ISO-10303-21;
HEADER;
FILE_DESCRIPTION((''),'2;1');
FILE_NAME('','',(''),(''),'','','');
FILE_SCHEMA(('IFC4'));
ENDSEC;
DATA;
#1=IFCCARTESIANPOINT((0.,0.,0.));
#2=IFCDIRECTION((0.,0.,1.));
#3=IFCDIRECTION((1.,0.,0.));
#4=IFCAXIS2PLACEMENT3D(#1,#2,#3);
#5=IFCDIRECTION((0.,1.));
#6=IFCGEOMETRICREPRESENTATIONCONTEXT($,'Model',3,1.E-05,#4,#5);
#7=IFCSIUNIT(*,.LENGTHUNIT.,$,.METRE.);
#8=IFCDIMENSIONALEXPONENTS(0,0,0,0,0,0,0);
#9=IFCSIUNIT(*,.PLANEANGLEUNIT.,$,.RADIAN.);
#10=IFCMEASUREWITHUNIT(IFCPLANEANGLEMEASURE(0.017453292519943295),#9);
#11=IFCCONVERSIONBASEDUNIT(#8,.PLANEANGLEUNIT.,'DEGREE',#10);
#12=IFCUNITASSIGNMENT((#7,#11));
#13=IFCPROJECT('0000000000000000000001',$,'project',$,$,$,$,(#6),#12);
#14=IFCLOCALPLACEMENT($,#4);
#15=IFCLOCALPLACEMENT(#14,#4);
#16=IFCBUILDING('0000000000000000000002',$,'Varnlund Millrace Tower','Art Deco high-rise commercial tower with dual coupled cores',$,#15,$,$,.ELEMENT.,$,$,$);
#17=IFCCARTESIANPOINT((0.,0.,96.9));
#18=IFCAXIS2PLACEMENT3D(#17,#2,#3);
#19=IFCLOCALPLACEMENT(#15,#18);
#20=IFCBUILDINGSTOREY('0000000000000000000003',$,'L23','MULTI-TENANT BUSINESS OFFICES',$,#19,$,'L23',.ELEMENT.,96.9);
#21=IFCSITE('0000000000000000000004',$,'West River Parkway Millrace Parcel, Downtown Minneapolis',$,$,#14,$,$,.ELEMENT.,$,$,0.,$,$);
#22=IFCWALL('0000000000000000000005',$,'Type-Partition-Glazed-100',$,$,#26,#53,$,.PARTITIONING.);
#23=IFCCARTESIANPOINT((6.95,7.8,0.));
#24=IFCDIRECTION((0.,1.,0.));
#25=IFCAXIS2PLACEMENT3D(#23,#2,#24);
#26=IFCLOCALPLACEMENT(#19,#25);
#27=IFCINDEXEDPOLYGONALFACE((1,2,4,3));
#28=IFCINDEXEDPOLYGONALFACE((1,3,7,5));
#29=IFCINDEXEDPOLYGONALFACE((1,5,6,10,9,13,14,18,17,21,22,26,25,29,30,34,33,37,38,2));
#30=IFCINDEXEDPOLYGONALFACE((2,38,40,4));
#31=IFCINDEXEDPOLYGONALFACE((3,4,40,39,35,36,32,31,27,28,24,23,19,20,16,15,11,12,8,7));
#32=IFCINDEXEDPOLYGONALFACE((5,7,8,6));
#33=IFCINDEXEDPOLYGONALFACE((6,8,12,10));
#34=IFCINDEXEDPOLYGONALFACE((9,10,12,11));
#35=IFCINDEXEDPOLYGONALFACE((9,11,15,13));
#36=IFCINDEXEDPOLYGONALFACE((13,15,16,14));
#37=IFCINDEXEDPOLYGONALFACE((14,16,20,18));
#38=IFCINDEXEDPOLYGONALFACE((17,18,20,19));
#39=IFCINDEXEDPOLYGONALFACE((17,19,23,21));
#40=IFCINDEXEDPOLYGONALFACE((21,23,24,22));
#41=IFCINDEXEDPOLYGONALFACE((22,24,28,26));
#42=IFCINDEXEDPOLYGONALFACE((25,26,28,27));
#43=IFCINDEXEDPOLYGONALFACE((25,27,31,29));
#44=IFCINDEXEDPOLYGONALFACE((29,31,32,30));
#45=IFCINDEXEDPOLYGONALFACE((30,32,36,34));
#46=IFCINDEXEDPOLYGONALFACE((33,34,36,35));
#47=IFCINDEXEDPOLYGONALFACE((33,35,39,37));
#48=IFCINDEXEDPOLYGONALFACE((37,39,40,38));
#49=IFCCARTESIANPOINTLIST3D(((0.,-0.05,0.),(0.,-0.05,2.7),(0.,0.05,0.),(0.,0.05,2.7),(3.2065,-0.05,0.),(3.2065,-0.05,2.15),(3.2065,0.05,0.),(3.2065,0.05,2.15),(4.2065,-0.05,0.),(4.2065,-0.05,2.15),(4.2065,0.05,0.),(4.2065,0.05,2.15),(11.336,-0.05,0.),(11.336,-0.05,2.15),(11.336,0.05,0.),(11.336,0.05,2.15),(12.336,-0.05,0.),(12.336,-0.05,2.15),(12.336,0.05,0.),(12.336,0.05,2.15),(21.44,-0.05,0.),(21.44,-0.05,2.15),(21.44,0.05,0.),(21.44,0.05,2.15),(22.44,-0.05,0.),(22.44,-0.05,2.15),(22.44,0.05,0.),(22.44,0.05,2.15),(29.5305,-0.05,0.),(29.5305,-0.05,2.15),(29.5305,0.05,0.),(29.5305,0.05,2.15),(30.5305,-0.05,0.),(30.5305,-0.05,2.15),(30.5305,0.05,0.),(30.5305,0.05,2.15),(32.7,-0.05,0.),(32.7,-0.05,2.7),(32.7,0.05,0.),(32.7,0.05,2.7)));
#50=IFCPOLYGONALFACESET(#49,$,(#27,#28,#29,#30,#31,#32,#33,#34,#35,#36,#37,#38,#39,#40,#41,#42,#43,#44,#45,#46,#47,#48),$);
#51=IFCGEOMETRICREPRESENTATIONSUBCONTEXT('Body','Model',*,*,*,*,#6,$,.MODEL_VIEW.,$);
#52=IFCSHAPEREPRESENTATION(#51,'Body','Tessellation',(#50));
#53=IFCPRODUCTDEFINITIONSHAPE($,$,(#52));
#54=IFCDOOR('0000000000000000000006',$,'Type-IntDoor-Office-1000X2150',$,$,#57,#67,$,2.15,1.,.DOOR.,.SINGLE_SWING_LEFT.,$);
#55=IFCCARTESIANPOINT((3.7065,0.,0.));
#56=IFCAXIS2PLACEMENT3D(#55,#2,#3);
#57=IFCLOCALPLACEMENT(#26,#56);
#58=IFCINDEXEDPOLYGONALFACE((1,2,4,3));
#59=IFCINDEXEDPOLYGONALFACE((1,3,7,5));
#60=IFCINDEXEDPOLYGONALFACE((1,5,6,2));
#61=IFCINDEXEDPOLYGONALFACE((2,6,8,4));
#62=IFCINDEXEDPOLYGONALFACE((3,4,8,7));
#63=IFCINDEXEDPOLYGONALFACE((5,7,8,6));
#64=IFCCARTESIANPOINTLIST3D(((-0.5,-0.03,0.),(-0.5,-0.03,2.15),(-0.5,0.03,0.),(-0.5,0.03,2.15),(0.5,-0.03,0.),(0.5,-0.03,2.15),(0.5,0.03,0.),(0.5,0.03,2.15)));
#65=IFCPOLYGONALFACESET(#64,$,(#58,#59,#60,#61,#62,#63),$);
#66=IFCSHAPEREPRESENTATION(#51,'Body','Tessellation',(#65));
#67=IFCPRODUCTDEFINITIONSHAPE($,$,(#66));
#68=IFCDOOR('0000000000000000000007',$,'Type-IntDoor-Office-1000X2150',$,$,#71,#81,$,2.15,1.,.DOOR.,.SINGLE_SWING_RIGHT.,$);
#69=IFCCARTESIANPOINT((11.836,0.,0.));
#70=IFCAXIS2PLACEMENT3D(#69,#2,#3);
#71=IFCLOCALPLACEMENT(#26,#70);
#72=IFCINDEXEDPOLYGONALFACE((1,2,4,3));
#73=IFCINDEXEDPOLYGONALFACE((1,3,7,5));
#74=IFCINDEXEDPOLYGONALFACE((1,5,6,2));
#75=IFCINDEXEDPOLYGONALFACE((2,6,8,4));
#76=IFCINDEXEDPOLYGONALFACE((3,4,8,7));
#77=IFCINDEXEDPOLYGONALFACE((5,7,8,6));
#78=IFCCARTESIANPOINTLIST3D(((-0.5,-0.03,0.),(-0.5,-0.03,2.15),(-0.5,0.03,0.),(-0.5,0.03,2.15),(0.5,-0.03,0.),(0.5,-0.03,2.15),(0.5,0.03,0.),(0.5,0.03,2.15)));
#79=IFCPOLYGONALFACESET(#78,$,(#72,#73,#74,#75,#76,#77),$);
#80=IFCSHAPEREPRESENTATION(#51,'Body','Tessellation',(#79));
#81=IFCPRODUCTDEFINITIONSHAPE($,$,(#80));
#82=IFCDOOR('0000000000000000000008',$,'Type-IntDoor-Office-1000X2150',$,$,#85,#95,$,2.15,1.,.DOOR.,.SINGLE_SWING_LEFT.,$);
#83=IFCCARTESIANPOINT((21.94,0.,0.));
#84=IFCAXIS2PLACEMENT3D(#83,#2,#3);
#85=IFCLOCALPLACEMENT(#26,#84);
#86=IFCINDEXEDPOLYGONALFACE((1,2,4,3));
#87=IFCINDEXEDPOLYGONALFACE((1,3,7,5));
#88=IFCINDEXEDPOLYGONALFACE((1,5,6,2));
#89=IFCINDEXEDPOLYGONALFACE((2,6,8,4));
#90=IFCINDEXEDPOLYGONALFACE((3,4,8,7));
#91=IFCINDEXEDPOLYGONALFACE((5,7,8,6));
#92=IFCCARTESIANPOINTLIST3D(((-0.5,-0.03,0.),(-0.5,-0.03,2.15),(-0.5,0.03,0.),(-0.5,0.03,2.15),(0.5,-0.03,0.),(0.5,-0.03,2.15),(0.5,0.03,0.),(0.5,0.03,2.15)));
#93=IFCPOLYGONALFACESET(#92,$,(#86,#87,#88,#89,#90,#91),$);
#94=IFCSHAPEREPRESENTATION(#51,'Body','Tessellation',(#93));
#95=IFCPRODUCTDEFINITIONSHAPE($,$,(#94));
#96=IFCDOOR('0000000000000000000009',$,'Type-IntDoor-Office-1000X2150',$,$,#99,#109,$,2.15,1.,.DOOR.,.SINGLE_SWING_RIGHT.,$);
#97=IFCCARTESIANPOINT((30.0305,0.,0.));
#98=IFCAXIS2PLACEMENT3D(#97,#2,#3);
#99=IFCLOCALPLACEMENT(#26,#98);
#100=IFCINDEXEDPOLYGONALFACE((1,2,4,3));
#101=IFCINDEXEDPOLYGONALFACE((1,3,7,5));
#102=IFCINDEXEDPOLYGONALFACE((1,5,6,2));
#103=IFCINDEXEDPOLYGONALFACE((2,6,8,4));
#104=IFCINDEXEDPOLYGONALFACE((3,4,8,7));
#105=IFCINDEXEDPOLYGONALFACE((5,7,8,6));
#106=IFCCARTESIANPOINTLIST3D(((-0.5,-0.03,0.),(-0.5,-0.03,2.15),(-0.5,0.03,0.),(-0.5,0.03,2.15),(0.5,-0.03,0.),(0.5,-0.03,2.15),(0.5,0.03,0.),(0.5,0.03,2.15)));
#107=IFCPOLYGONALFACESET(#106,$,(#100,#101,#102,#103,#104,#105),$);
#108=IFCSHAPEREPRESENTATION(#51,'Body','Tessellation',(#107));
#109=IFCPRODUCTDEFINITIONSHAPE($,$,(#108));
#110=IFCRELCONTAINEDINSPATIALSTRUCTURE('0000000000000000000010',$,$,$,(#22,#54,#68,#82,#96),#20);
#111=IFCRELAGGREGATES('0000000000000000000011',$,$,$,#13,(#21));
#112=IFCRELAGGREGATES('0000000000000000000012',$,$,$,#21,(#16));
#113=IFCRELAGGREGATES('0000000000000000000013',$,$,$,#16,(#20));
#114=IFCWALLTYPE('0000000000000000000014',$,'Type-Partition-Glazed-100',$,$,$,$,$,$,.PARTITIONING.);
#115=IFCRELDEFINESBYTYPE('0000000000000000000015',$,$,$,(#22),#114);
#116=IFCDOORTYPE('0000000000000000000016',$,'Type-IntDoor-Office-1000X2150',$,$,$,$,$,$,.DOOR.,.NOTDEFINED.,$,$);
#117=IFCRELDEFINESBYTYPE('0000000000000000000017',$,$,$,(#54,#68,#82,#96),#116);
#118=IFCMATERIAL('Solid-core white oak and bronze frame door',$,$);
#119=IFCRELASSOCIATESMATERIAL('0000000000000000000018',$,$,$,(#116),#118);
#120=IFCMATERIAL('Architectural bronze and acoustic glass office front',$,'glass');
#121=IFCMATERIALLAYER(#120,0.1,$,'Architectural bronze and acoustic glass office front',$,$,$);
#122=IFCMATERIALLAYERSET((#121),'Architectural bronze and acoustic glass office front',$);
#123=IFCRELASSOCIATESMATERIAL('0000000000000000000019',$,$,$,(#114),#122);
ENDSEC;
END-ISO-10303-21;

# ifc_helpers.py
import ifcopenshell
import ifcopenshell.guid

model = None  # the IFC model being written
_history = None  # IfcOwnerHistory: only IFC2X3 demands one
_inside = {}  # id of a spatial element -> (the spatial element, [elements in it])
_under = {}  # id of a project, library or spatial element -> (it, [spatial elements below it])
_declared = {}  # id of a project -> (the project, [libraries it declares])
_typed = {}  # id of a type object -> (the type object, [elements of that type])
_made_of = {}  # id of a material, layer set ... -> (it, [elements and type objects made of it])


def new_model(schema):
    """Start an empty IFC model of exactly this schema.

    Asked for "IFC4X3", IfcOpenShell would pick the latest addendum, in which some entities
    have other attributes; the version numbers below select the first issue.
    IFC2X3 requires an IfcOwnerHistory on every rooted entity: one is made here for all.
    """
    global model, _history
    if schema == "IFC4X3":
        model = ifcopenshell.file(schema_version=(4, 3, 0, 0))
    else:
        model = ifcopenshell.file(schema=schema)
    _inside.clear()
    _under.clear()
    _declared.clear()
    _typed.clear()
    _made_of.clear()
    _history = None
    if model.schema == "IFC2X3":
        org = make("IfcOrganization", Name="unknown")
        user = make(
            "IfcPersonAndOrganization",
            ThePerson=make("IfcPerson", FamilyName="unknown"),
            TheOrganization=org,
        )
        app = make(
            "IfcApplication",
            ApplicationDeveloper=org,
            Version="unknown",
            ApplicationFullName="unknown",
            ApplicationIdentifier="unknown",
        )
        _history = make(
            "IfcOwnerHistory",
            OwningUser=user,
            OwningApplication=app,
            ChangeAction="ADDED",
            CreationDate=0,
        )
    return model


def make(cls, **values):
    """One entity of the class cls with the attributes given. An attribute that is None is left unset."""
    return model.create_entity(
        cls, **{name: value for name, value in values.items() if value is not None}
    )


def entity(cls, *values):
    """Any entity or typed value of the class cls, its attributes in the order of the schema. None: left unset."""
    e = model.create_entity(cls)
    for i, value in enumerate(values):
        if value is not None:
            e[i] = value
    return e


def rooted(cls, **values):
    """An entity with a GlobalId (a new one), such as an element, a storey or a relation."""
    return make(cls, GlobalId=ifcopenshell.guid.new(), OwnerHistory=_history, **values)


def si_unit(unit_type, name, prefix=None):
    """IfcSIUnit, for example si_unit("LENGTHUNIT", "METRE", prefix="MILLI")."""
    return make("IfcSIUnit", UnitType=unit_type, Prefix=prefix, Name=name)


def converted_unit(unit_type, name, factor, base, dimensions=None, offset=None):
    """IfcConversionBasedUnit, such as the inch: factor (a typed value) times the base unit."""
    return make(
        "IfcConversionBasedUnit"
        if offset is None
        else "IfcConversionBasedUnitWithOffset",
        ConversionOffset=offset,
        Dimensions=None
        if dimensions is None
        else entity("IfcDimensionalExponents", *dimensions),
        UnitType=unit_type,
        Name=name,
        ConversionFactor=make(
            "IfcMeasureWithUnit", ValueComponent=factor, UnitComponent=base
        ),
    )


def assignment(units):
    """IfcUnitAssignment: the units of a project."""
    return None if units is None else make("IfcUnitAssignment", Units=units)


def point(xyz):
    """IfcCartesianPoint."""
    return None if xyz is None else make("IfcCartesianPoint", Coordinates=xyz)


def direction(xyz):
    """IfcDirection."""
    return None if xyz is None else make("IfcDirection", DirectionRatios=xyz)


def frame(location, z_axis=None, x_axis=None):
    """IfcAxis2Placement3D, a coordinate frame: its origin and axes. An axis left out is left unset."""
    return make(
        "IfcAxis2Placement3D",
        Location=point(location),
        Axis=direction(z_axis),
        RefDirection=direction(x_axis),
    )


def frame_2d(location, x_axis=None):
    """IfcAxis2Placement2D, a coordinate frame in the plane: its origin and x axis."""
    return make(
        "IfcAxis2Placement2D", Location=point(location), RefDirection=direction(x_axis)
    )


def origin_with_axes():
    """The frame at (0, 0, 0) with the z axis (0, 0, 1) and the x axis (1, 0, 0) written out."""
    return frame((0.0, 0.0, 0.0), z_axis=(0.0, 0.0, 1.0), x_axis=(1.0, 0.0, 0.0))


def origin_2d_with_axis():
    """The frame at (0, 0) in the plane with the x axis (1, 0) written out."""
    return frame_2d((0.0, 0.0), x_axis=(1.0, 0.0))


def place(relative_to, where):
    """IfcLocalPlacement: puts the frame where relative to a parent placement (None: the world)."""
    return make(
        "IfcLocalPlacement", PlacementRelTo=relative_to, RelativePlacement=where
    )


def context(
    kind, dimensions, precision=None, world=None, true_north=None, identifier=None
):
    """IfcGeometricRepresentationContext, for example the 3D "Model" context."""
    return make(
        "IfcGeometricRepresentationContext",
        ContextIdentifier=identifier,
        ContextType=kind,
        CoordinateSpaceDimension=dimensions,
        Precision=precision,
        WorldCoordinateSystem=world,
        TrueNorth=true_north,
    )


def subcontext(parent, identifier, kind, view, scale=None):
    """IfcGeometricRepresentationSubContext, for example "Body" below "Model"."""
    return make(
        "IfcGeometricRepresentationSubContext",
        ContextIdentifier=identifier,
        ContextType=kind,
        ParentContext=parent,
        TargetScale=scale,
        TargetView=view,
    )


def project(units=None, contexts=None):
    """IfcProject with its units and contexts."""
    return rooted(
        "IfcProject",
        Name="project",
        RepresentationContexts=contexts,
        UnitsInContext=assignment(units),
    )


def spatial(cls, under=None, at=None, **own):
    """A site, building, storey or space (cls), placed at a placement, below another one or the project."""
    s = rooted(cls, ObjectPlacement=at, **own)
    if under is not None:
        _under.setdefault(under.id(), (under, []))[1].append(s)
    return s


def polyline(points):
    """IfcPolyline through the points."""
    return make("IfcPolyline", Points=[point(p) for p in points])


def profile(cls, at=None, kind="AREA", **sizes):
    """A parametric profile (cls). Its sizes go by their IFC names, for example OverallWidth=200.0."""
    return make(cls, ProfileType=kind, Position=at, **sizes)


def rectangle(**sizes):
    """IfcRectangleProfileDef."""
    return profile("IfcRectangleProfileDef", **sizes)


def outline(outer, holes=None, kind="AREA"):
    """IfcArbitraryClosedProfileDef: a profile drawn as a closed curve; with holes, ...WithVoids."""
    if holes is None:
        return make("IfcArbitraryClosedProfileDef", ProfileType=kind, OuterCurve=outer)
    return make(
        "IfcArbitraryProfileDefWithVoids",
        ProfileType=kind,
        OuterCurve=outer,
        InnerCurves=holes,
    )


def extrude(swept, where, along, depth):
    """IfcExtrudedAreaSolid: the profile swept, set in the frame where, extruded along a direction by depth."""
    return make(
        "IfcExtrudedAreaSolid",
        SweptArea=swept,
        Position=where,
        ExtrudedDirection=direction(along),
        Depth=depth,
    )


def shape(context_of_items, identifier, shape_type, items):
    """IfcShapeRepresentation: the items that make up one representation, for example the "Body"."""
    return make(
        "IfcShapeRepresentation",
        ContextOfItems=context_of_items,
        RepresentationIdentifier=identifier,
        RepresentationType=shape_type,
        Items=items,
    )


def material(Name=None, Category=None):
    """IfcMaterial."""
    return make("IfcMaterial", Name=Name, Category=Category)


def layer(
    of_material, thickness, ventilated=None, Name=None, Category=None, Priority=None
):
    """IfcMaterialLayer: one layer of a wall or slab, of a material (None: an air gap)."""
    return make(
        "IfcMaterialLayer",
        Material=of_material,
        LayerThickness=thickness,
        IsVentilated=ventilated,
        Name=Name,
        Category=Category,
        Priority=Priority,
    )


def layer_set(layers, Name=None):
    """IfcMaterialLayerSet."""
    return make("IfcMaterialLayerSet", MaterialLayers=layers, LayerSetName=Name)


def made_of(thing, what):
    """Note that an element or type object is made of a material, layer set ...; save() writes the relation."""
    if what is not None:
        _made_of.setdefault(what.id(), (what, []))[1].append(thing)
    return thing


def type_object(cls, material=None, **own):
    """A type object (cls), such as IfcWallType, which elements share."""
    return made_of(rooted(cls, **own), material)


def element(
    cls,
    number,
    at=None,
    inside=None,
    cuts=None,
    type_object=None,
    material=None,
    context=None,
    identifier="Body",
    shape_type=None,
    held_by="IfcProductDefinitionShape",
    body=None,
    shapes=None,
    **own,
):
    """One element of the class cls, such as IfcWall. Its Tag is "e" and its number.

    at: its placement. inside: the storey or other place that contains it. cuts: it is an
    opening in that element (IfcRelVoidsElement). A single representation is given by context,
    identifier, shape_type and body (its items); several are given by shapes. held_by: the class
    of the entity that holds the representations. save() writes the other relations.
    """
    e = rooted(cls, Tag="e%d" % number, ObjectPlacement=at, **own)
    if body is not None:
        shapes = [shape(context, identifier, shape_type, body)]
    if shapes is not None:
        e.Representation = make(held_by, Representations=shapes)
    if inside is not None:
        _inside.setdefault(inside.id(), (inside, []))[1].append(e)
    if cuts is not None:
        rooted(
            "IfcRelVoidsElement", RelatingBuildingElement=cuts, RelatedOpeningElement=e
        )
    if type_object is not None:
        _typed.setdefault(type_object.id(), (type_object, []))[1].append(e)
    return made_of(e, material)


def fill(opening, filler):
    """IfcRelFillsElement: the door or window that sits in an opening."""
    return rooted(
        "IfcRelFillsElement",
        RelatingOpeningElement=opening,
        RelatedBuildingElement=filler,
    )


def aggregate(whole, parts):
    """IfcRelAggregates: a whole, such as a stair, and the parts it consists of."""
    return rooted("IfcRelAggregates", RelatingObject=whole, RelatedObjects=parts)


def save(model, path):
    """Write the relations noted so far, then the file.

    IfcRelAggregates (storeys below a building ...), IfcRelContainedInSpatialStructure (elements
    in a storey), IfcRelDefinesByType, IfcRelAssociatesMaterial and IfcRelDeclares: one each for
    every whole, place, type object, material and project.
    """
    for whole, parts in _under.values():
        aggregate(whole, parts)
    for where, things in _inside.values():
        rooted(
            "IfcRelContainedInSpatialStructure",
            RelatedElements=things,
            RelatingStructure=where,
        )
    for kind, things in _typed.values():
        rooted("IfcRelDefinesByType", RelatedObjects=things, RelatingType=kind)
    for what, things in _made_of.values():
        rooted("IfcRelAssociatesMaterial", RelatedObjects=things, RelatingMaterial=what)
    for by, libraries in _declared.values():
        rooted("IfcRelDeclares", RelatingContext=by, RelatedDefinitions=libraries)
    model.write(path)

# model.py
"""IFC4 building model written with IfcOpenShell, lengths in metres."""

from ifc_helpers import new_model, entity, si_unit, converted_unit, direction, frame, origin_with_axes, origin_2d_with_axis, place, context, subcontext, project, spatial, polyline, rectangle, outline, extrude, material, layer, layer_set, type_object, element, fill, save


model = new_model("IFC4")

# Units and contexts
model_context = context("Model", 3, precision=1e-05, world=origin_with_axes(), true_north=direction((0.0, 1.0)))
body_context = subcontext(model_context, "Body", "Model", "MODEL_VIEW")
ifc_project = project(units=[si_unit("LENGTHUNIT", "METRE"), converted_unit("PLANEANGLEUNIT", "DEGREE", entity("IfcPlaneAngleMeasure", 0.017453292519943295), si_unit("PLANEANGLEUNIT", "RADIAN"), dimensions=[0, 0, 0, 0, 0, 0, 0])], contexts=[model_context])

# Site, building, storey
site_placement = place(None, origin_with_axes())
site = spatial("IfcSite", under=ifc_project, at=site_placement, Name="West River Parkway Millrace Parcel, Downtown Minneapolis", CompositionType="ELEMENT", RefElevation=0.0)
building_placement = place(site_placement, origin_with_axes())
building = spatial("IfcBuilding", under=site, at=building_placement, Name="Varnlund Millrace Tower", Description="Art Deco high-rise commercial tower with dual coupled cores", CompositionType="ELEMENT")
storey_placement = place(building_placement, frame((0.0, 0.0, 96.9), z_axis=(0.0, 0.0, 1.0), x_axis=(1.0, 0.0, 0.0)))
storey = spatial("IfcBuildingStorey", under=building, at=storey_placement, Name="L23", Description="MULTI-TENANT BUSINESS OFFICES", LongName="L23", CompositionType="ELEMENT", Elevation=96.9)

# Wall, openings, doors
ifc_material_1 = material(Name="Solid-core white oak and bronze frame door")
door_type_1 = type_object("IfcDoorType", Name="Type-IntDoor-Office-1000X2150", OperationType="NOTDEFINED", PredefinedType="DOOR", material=ifc_material_1)
ifc_material_2 = material(Name="Architectural bronze and acoustic glass office front", Category="glass")
ifc_layer_1 = layer(ifc_material_2, 0.1, Name="Architectural bronze and acoustic glass office front")
ifc_layer_set_1 = layer_set([ifc_layer_1], Name="Architectural bronze and acoustic glass office front")
wall_type_1 = type_object("IfcWallType", Name="Type-Partition-Glazed-100", PredefinedType="PARTITIONING", material=ifc_layer_set_1)
wall_1_placement = place(storey_placement, frame((6.95, 7.8, 0.0), z_axis=(0.0, 0.0, 1.0), x_axis=(0.0, 1.0, 0.0)))
wall_1 = element("IfcWall", 1, at=wall_1_placement, inside=storey, type_object=wall_type_1, Name="Type-Partition-Glazed-100", PredefinedType="PARTITIONING", context=body_context, shape_type="SweptSolid", body=[
    extrude(outline(polyline([(0.0, -0.05), (32.7, -0.05), (32.7, 0.05), (0.0, 0.05), (0.0, -0.05)])), origin_with_axes(), (0.0, 0.0, 1.0), 2.7),
])
opening_1_placement = place(wall_1_placement, frame((3.7065, 0.0, 0.0), z_axis=(0.0, 0.0, 1.0), x_axis=(1.0, 0.0, 0.0)))
opening_1 = element("IfcOpeningElement", 2, at=opening_1_placement, cuts=wall_1, PredefinedType="OPENING", context=body_context, shape_type="SweptSolid", body=[
    extrude(rectangle(XDim=1.0, YDim=0.12, at=origin_2d_with_axis()), origin_with_axes(), (0.0, 0.0, 1.0), 2.15),
])
opening_2_placement = place(wall_1_placement, frame((11.836, 0.0, 0.0), z_axis=(0.0, 0.0, 1.0), x_axis=(1.0, 0.0, 0.0)))
opening_2 = element("IfcOpeningElement", 3, at=opening_2_placement, cuts=wall_1, PredefinedType="OPENING", context=body_context, shape_type="SweptSolid", body=[
    extrude(rectangle(XDim=1.0, YDim=0.12, at=origin_2d_with_axis()), origin_with_axes(), (0.0, 0.0, 1.0), 2.15),
])
opening_3_placement = place(wall_1_placement, frame((21.94, 0.0, 0.0), z_axis=(0.0, 0.0, 1.0), x_axis=(1.0, 0.0, 0.0)))
opening_3 = element("IfcOpeningElement", 4, at=opening_3_placement, cuts=wall_1, PredefinedType="OPENING", context=body_context, shape_type="SweptSolid", body=[
    extrude(rectangle(XDim=1.0, YDim=0.12, at=origin_2d_with_axis()), origin_with_axes(), (0.0, 0.0, 1.0), 2.15),
])
opening_4_placement = place(wall_1_placement, frame((30.0305, 0.0, 0.0), z_axis=(0.0, 0.0, 1.0), x_axis=(1.0, 0.0, 0.0)))
opening_4 = element("IfcOpeningElement", 5, at=opening_4_placement, cuts=wall_1, PredefinedType="OPENING", context=body_context, shape_type="SweptSolid", body=[
    extrude(rectangle(XDim=1.0, YDim=0.12, at=origin_2d_with_axis()), origin_with_axes(), (0.0, 0.0, 1.0), 2.15),
])
door_1_placement = place(wall_1_placement, frame((3.7065, 0.0, 0.0), z_axis=(0.0, 0.0, 1.0), x_axis=(1.0, 0.0, 0.0)))
door_1 = element("IfcDoor", 6, at=door_1_placement, inside=storey, type_object=door_type_1, Name="Type-IntDoor-Office-1000X2150", OperationType="SINGLE_SWING_LEFT", OverallHeight=2.15, OverallWidth=1.0, PredefinedType="DOOR", context=body_context, shape_type="SweptSolid", body=[
    extrude(rectangle(XDim=1.0, YDim=0.06, at=origin_2d_with_axis()), origin_with_axes(), (0.0, 0.0, 1.0), 2.15),
])
fill(opening_1, door_1)
door_2_placement = place(wall_1_placement, frame((11.836, 0.0, 0.0), z_axis=(0.0, 0.0, 1.0), x_axis=(1.0, 0.0, 0.0)))
door_2 = element("IfcDoor", 7, at=door_2_placement, inside=storey, type_object=door_type_1, Name="Type-IntDoor-Office-1000X2150", OperationType="SINGLE_SWING_RIGHT", OverallHeight=2.15, OverallWidth=1.0, PredefinedType="DOOR", context=body_context, shape_type="SweptSolid", body=[
    extrude(rectangle(XDim=1.0, YDim=0.06, at=origin_2d_with_axis()), origin_with_axes(), (0.0, 0.0, 1.0), 2.15),
])
fill(opening_2, door_2)
door_3_placement = place(wall_1_placement, frame((21.94, 0.0, 0.0), z_axis=(0.0, 0.0, 1.0), x_axis=(1.0, 0.0, 0.0)))
door_3 = element("IfcDoor", 8, at=door_3_placement, inside=storey, type_object=door_type_1, Name="Type-IntDoor-Office-1000X2150", OperationType="SINGLE_SWING_LEFT", OverallHeight=2.15, OverallWidth=1.0, PredefinedType="DOOR", context=body_context, shape_type="SweptSolid", body=[
    extrude(rectangle(XDim=1.0, YDim=0.06, at=origin_2d_with_axis()), origin_with_axes(), (0.0, 0.0, 1.0), 2.15),
])
fill(opening_3, door_3)
door_4_placement = place(wall_1_placement, frame((30.0305, 0.0, 0.0), z_axis=(0.0, 0.0, 1.0), x_axis=(1.0, 0.0, 0.0)))
door_4 = element("IfcDoor", 9, at=door_4_placement, inside=storey, type_object=door_type_1, Name="Type-IntDoor-Office-1000X2150", OperationType="SINGLE_SWING_RIGHT", OverallHeight=2.15, OverallWidth=1.0, PredefinedType="DOOR", context=body_context, shape_type="SweptSolid", body=[
    extrude(rectangle(XDim=1.0, YDim=0.06, at=origin_2d_with_axis()), origin_with_axes(), (0.0, 0.0, 1.0), 2.15),
])
fill(opening_4, door_4)

save(model, "model.ifc")
